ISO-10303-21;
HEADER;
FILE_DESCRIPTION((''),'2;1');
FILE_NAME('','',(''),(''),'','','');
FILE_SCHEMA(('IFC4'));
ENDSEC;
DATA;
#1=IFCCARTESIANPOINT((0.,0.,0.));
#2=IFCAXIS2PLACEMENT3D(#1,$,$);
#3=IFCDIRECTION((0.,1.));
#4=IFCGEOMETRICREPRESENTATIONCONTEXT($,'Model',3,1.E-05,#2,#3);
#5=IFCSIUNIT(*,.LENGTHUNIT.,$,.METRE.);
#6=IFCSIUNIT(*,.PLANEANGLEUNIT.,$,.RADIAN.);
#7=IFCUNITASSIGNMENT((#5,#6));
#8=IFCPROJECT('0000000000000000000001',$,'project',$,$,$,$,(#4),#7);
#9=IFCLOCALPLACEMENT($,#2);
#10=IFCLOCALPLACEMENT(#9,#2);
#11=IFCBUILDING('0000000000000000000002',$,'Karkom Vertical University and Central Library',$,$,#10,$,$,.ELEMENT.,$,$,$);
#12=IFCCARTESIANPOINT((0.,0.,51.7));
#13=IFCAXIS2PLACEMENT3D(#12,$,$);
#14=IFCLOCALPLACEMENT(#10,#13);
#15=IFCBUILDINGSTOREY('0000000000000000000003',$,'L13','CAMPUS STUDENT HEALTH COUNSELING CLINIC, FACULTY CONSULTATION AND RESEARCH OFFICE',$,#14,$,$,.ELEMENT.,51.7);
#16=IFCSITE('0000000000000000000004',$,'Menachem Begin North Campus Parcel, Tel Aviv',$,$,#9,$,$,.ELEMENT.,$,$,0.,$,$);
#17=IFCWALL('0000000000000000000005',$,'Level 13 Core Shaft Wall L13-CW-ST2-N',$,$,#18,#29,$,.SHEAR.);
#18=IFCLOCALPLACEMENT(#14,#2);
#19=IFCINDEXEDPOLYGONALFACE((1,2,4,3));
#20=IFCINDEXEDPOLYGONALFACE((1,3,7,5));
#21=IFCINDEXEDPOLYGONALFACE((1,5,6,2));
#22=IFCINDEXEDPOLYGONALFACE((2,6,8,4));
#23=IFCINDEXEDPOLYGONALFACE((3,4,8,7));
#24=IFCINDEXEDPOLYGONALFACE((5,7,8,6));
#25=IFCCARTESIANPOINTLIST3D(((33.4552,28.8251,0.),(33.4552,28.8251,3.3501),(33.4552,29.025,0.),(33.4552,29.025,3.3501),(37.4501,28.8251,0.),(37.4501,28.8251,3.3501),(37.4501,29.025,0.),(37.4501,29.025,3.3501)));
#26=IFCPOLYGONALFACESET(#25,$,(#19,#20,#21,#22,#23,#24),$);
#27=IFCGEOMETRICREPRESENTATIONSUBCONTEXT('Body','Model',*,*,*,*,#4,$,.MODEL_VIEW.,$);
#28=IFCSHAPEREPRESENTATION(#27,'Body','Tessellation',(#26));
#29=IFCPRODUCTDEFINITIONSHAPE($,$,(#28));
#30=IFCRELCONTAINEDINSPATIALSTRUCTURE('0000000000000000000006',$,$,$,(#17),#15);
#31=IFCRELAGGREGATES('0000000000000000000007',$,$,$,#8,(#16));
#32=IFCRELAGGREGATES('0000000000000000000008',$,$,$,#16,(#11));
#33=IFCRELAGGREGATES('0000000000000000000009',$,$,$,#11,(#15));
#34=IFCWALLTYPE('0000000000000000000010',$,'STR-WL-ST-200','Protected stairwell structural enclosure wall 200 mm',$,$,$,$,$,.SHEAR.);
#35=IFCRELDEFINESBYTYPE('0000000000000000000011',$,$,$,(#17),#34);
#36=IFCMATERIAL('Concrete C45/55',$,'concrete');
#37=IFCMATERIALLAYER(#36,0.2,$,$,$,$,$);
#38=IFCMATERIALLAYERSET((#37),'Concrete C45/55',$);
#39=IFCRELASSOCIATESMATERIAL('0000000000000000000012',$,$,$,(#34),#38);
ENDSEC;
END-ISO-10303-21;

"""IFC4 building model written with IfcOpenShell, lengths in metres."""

from ifc_helpers import new_model, si_unit, direction, frame, frame_2d, origin, place, context, subcontext, project, spatial, rectangle, extrude, material, layer, layer_set, type_object, element, save


model = new_model("IFC4")

# Units and contexts
model_context = context("Model", 3, precision=1e-05, world=origin(), true_north=direction((0.0, 1.0)))
body_context = subcontext(model_context, "Body", "Model", "MODEL_VIEW")
ifc_project = project(units=[si_unit("LENGTHUNIT", "METRE"), si_unit("PLANEANGLEUNIT", "RADIAN")], contexts=[model_context])

# Site, building, storey
site_placement = place(None, origin())
site = spatial("IfcSite", under=ifc_project, at=site_placement, Name="Menachem Begin North Campus Parcel, Tel Aviv", CompositionType="ELEMENT", RefElevation=0.0)
building_placement = place(site_placement, origin())
building = spatial("IfcBuilding", under=site, at=building_placement, Name="Karkom Vertical University and Central Library", CompositionType="ELEMENT")
storey_placement = place(building_placement, frame((0.0, 0.0, 51.7)))
storey = spatial("IfcBuildingStorey", under=building, at=storey_placement, Name="L13", Description="CAMPUS STUDENT HEALTH COUNSELING CLINIC, FACULTY CONSULTATION AND RESEARCH OFFICE", CompositionType="ELEMENT", Elevation=51.7)

# Wall
ifc_material_1 = material(Name="Concrete C45/55", Category="concrete")
ifc_layer_1 = layer(ifc_material_1, 0.2)
ifc_layer_set_1 = layer_set([ifc_layer_1], Name="Concrete C45/55")
wall_type_1 = type_object("IfcWallType", Name="STR-WL-ST-200", Description="Protected stairwell structural enclosure wall 200 mm", PredefinedType="SHEAR", material=ifc_layer_set_1)
wall_1_placement = place(storey_placement, frame((33.4551, 28.925, 0.0), z_axis=(0.0, 0.0, 1.0), x_axis=(1.0, 0.0, 0.0)))
element("IfcWall", 1, at=wall_1_placement, inside=storey, type_object=wall_type_1, Name="Level 13 Core Shaft Wall L13-CW-ST2-N", PredefinedType="SHEAR", context=body_context, shape_type="SweptSolid", body=[
    extrude(rectangle(XDim=3.9949, YDim=0.2, at=frame_2d((1.9976, 0.0))), origin(), (0.0, 0.0, 1.0), 3.3501),
])

save(model, "model.ifc")
